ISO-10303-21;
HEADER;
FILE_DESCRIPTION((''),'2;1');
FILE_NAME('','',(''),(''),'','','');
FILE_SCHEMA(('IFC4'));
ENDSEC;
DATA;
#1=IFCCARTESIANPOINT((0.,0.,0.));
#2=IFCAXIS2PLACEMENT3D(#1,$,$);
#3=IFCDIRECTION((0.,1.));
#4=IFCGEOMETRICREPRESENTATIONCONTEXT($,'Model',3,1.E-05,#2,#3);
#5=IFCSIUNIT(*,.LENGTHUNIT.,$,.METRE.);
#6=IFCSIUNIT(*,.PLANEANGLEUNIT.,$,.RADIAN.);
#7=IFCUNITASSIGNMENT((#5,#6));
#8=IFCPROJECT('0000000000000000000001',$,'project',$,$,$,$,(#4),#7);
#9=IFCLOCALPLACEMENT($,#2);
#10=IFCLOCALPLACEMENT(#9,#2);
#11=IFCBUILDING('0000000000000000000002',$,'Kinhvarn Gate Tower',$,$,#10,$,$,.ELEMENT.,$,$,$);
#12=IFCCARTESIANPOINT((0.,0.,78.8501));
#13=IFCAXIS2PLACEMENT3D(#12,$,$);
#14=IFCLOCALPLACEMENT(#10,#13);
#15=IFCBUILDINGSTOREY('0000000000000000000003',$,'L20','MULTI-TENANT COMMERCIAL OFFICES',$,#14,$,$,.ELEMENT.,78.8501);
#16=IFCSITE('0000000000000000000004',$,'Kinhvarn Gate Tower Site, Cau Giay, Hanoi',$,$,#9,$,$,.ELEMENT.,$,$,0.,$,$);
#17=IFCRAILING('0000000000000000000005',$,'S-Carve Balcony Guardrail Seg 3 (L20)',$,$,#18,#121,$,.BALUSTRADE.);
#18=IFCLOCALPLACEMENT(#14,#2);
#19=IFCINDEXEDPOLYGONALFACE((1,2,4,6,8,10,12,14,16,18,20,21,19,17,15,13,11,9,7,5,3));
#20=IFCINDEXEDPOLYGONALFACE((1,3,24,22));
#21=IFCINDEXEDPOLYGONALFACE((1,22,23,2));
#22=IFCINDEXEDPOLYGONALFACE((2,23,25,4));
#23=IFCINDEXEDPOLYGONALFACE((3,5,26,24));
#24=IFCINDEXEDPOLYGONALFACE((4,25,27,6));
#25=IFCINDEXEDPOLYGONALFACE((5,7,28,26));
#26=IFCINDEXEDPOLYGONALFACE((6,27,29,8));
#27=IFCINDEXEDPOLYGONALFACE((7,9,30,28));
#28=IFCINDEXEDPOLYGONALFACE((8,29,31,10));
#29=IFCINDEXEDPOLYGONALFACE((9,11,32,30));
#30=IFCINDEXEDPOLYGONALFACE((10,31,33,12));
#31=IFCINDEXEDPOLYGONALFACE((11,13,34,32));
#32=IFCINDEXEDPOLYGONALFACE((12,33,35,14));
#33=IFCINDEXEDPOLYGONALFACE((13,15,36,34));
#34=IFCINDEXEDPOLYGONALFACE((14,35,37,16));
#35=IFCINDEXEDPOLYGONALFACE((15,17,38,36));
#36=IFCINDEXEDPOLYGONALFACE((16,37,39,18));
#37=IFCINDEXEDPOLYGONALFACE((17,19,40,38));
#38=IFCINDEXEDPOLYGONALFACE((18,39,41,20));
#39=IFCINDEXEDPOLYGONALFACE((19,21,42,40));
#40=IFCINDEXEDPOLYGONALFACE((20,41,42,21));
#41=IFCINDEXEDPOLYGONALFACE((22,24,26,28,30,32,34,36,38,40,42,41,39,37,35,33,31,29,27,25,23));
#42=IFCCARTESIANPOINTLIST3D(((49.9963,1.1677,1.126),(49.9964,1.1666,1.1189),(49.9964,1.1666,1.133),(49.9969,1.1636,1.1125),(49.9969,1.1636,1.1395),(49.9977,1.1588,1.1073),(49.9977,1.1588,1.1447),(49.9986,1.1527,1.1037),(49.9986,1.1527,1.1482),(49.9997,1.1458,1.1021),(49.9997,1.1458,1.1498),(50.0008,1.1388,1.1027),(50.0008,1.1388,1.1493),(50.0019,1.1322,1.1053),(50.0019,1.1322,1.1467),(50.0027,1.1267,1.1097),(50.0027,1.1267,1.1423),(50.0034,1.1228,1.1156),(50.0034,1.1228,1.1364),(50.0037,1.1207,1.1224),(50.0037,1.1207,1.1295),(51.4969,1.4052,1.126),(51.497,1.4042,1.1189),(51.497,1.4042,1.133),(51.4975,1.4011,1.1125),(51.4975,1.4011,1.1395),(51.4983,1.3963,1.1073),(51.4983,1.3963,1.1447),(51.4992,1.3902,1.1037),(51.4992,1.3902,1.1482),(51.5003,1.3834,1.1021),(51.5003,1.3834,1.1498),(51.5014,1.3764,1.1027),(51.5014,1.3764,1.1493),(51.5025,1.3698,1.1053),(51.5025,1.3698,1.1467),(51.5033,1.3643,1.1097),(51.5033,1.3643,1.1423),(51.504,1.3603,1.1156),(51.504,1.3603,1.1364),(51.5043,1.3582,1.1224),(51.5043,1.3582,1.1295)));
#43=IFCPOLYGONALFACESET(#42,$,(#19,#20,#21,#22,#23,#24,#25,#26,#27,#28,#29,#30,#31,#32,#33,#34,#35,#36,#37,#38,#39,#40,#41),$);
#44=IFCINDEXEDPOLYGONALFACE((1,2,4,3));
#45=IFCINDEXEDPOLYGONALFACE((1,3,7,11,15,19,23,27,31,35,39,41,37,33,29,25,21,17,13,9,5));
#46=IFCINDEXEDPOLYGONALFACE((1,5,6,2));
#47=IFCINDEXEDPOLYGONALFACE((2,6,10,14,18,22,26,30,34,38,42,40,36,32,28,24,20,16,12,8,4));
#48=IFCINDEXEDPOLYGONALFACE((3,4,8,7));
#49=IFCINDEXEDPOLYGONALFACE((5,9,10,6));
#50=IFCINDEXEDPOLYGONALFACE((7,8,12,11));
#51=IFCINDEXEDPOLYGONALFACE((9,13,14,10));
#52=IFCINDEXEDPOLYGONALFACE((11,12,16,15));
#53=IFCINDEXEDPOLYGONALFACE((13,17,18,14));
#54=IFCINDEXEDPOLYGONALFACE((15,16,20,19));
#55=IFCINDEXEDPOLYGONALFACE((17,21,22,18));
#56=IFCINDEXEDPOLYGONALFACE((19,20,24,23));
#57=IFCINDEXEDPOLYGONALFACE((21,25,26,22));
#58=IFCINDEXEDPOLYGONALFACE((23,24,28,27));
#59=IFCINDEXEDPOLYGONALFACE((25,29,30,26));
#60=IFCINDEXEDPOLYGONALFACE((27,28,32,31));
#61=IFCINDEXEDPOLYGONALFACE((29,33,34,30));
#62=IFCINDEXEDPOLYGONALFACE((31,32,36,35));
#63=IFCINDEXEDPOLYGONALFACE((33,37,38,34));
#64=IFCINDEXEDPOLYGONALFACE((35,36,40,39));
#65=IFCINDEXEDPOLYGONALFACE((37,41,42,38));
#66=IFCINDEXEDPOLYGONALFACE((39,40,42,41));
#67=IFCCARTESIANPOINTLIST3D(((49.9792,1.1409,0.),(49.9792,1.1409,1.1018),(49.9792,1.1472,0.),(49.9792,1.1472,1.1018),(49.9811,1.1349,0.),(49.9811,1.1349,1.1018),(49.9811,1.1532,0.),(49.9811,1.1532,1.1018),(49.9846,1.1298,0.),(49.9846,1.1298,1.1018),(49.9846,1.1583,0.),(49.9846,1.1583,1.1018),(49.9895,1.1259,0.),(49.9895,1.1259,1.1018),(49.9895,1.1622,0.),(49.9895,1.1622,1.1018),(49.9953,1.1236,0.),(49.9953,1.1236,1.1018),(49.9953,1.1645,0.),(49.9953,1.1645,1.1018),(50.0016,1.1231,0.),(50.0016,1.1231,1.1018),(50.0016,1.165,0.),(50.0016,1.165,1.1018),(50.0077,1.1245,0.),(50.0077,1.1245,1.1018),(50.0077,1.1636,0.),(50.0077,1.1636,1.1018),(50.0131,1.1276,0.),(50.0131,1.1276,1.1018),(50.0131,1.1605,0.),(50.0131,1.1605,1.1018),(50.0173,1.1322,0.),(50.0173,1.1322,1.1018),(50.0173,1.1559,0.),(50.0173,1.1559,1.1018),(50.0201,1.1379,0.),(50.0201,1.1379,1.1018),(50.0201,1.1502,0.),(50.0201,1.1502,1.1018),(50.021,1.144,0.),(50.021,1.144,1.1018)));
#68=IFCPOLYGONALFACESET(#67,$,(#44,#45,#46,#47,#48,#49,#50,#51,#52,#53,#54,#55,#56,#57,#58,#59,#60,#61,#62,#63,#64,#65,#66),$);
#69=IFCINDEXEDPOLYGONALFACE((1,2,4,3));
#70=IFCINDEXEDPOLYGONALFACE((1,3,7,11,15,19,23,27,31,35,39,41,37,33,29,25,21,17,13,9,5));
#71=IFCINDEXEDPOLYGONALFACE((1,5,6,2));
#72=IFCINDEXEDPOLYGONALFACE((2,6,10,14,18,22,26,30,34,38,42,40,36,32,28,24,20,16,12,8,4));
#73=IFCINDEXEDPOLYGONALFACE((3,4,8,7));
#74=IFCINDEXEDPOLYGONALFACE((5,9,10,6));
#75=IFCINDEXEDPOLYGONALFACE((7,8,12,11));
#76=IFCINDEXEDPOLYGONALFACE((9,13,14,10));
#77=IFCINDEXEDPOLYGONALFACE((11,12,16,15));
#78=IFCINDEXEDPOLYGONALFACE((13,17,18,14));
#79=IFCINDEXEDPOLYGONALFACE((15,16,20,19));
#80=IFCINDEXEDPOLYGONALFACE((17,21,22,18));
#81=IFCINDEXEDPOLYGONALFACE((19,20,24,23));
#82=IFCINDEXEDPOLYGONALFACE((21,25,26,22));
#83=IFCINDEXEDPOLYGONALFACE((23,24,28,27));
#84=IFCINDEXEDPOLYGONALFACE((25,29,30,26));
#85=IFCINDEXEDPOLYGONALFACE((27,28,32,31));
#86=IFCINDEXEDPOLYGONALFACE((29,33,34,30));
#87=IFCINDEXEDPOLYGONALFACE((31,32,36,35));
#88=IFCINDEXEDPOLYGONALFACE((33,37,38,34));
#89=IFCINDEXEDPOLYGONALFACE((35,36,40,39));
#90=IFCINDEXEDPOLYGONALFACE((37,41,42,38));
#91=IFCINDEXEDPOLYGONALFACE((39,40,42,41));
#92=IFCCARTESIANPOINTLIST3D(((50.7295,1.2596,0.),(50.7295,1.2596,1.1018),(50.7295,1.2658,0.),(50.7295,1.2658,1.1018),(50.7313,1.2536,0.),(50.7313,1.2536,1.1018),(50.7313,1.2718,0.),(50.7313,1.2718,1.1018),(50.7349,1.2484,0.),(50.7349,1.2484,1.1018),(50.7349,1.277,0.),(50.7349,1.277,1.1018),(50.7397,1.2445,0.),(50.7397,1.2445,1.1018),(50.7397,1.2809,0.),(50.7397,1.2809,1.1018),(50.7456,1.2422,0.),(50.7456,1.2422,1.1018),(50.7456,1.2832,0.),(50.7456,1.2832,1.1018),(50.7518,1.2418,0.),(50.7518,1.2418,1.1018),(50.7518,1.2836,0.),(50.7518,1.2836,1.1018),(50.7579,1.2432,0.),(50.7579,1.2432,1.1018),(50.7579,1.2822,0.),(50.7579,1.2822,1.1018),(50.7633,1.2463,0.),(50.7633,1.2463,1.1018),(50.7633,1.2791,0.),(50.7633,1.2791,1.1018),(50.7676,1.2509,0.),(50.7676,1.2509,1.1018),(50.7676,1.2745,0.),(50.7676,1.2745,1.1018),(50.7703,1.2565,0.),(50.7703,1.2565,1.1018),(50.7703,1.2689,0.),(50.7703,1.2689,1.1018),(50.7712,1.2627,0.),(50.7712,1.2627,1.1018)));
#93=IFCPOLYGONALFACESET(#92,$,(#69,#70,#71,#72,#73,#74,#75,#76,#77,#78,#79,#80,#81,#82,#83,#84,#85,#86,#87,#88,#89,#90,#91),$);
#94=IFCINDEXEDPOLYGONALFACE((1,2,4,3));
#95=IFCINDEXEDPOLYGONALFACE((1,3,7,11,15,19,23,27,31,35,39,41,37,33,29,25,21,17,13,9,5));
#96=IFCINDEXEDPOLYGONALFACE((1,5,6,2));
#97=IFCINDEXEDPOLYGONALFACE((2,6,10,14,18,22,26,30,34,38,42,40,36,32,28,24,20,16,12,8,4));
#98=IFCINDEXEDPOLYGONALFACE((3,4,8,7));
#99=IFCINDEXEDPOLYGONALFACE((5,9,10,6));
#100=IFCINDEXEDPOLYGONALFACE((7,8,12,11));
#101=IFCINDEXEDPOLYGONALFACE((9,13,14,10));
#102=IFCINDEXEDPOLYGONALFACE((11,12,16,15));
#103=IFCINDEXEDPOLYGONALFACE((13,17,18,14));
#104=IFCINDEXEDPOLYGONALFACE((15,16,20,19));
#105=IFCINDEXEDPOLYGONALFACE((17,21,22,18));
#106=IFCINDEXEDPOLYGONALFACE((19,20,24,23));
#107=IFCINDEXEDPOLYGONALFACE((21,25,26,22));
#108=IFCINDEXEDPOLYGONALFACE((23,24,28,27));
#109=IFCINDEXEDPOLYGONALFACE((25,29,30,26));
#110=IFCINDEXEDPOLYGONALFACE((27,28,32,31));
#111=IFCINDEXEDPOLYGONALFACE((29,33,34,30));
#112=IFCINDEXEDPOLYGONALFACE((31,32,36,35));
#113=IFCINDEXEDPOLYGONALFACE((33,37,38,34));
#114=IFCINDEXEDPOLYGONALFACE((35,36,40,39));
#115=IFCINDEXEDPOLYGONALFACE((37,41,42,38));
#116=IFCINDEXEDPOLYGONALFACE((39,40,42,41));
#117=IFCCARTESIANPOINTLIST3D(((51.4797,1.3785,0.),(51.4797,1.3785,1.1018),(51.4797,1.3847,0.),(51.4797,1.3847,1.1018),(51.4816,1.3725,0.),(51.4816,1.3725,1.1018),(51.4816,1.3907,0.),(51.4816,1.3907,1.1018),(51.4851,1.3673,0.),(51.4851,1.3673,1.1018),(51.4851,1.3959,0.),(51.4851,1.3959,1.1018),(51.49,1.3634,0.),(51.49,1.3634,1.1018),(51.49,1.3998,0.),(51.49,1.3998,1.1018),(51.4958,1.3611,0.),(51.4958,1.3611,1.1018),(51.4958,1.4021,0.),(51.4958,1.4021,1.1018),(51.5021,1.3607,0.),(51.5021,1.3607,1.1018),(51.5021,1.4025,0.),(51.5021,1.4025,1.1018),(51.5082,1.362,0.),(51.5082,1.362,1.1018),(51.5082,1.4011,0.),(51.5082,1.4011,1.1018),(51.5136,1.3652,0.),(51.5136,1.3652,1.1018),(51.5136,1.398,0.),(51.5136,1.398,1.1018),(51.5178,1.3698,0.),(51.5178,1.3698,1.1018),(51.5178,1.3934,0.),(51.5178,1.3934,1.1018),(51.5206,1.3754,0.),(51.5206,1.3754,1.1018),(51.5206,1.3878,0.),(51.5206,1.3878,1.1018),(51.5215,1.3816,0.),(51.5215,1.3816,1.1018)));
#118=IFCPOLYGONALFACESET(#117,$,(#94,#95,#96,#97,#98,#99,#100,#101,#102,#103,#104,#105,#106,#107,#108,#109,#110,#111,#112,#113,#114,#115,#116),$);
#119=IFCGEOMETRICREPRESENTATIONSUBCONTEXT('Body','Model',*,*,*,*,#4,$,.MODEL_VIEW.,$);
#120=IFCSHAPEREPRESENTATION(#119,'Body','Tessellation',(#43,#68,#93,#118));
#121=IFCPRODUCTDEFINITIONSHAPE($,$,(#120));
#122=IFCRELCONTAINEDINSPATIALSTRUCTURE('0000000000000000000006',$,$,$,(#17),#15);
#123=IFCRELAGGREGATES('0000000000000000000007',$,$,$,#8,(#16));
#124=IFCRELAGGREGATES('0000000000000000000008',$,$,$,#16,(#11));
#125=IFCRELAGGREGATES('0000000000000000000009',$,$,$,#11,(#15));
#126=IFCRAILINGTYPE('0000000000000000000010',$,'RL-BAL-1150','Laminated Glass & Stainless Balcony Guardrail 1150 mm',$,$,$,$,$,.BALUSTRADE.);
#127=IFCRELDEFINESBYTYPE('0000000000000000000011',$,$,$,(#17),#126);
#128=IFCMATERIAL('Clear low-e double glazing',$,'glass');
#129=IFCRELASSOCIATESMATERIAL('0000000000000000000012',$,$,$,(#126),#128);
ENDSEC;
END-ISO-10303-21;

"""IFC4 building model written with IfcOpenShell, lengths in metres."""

from ifc_helpers import new_model, si_unit, direction, frame, origin, origin_2d, place, context, subcontext, project, spatial, circle, extrude, material, type_object, element, save


model = new_model("IFC4")

# Units and contexts
model_context = context("Model", 3, precision=1e-05, world=origin(), true_north=direction((0.0, 1.0)))
body_context = subcontext(model_context, "Body", "Model", "MODEL_VIEW")
ifc_project = project(units=[si_unit("LENGTHUNIT", "METRE"), si_unit("PLANEANGLEUNIT", "RADIAN")], contexts=[model_context])

# Site, building, storey
site_placement = place(None, origin())
site = spatial("IfcSite", under=ifc_project, at=site_placement, Name="Kinhvarn Gate Tower Site, Cau Giay, Hanoi", CompositionType="ELEMENT", RefElevation=0.0)
building_placement = place(site_placement, origin())
building = spatial("IfcBuilding", under=site, at=building_placement, Name="Kinhvarn Gate Tower", CompositionType="ELEMENT")
storey_placement = place(building_placement, frame((0.0, 0.0, 78.8501)))
storey = spatial("IfcBuildingStorey", under=building, at=storey_placement, Name="L20", Description="MULTI-TENANT COMMERCIAL OFFICES", CompositionType="ELEMENT", Elevation=78.8501)

# Shared definitions
ifc_material_1 = material(Name="Clear low-e double glazing", Category="glass")

# Railing
railing_type = type_object("IfcRailingType", Name="RL-BAL-1150", Description="Laminated Glass & Stainless Balcony Guardrail 1150 mm", PredefinedType="BALUSTRADE", material=ifc_material_1)
railing_1_placement = place(storey_placement, frame((50.0, 1.144, 0.0)))
element("IfcRailing", 1, at=railing_1_placement, inside=storey, type_object=railing_type, Name="S-Carve Balcony Guardrail Seg 3 (L20)", PredefinedType="BALUSTRADE", context=body_context, shape_type="SweptSolid", body=[
    extrude(circle(Radius=0.0239, at=origin_2d()), frame((0.0, 0.0, 1.126), z_axis=(0.987699, 0.156367, 0.0), x_axis=(-0.156367, 0.987699, 0.0)), (0.0, 0.0, 1.0), 1.5193),
    extrude(circle(Radius=0.021, at=origin_2d()), origin(), (0.0, 0.0, 1.0), 1.1018),
    extrude(circle(Radius=0.021, at=origin_2d()), frame((0.7502, 0.1187, 0.0)), (0.0, 0.0, 1.0), 1.1018),
    extrude(circle(Radius=0.021, at=origin_2d()), frame((1.5005, 0.2375, 0.0)), (0.0, 0.0, 1.0), 1.1018),
])

save(model, "model.ifc")
